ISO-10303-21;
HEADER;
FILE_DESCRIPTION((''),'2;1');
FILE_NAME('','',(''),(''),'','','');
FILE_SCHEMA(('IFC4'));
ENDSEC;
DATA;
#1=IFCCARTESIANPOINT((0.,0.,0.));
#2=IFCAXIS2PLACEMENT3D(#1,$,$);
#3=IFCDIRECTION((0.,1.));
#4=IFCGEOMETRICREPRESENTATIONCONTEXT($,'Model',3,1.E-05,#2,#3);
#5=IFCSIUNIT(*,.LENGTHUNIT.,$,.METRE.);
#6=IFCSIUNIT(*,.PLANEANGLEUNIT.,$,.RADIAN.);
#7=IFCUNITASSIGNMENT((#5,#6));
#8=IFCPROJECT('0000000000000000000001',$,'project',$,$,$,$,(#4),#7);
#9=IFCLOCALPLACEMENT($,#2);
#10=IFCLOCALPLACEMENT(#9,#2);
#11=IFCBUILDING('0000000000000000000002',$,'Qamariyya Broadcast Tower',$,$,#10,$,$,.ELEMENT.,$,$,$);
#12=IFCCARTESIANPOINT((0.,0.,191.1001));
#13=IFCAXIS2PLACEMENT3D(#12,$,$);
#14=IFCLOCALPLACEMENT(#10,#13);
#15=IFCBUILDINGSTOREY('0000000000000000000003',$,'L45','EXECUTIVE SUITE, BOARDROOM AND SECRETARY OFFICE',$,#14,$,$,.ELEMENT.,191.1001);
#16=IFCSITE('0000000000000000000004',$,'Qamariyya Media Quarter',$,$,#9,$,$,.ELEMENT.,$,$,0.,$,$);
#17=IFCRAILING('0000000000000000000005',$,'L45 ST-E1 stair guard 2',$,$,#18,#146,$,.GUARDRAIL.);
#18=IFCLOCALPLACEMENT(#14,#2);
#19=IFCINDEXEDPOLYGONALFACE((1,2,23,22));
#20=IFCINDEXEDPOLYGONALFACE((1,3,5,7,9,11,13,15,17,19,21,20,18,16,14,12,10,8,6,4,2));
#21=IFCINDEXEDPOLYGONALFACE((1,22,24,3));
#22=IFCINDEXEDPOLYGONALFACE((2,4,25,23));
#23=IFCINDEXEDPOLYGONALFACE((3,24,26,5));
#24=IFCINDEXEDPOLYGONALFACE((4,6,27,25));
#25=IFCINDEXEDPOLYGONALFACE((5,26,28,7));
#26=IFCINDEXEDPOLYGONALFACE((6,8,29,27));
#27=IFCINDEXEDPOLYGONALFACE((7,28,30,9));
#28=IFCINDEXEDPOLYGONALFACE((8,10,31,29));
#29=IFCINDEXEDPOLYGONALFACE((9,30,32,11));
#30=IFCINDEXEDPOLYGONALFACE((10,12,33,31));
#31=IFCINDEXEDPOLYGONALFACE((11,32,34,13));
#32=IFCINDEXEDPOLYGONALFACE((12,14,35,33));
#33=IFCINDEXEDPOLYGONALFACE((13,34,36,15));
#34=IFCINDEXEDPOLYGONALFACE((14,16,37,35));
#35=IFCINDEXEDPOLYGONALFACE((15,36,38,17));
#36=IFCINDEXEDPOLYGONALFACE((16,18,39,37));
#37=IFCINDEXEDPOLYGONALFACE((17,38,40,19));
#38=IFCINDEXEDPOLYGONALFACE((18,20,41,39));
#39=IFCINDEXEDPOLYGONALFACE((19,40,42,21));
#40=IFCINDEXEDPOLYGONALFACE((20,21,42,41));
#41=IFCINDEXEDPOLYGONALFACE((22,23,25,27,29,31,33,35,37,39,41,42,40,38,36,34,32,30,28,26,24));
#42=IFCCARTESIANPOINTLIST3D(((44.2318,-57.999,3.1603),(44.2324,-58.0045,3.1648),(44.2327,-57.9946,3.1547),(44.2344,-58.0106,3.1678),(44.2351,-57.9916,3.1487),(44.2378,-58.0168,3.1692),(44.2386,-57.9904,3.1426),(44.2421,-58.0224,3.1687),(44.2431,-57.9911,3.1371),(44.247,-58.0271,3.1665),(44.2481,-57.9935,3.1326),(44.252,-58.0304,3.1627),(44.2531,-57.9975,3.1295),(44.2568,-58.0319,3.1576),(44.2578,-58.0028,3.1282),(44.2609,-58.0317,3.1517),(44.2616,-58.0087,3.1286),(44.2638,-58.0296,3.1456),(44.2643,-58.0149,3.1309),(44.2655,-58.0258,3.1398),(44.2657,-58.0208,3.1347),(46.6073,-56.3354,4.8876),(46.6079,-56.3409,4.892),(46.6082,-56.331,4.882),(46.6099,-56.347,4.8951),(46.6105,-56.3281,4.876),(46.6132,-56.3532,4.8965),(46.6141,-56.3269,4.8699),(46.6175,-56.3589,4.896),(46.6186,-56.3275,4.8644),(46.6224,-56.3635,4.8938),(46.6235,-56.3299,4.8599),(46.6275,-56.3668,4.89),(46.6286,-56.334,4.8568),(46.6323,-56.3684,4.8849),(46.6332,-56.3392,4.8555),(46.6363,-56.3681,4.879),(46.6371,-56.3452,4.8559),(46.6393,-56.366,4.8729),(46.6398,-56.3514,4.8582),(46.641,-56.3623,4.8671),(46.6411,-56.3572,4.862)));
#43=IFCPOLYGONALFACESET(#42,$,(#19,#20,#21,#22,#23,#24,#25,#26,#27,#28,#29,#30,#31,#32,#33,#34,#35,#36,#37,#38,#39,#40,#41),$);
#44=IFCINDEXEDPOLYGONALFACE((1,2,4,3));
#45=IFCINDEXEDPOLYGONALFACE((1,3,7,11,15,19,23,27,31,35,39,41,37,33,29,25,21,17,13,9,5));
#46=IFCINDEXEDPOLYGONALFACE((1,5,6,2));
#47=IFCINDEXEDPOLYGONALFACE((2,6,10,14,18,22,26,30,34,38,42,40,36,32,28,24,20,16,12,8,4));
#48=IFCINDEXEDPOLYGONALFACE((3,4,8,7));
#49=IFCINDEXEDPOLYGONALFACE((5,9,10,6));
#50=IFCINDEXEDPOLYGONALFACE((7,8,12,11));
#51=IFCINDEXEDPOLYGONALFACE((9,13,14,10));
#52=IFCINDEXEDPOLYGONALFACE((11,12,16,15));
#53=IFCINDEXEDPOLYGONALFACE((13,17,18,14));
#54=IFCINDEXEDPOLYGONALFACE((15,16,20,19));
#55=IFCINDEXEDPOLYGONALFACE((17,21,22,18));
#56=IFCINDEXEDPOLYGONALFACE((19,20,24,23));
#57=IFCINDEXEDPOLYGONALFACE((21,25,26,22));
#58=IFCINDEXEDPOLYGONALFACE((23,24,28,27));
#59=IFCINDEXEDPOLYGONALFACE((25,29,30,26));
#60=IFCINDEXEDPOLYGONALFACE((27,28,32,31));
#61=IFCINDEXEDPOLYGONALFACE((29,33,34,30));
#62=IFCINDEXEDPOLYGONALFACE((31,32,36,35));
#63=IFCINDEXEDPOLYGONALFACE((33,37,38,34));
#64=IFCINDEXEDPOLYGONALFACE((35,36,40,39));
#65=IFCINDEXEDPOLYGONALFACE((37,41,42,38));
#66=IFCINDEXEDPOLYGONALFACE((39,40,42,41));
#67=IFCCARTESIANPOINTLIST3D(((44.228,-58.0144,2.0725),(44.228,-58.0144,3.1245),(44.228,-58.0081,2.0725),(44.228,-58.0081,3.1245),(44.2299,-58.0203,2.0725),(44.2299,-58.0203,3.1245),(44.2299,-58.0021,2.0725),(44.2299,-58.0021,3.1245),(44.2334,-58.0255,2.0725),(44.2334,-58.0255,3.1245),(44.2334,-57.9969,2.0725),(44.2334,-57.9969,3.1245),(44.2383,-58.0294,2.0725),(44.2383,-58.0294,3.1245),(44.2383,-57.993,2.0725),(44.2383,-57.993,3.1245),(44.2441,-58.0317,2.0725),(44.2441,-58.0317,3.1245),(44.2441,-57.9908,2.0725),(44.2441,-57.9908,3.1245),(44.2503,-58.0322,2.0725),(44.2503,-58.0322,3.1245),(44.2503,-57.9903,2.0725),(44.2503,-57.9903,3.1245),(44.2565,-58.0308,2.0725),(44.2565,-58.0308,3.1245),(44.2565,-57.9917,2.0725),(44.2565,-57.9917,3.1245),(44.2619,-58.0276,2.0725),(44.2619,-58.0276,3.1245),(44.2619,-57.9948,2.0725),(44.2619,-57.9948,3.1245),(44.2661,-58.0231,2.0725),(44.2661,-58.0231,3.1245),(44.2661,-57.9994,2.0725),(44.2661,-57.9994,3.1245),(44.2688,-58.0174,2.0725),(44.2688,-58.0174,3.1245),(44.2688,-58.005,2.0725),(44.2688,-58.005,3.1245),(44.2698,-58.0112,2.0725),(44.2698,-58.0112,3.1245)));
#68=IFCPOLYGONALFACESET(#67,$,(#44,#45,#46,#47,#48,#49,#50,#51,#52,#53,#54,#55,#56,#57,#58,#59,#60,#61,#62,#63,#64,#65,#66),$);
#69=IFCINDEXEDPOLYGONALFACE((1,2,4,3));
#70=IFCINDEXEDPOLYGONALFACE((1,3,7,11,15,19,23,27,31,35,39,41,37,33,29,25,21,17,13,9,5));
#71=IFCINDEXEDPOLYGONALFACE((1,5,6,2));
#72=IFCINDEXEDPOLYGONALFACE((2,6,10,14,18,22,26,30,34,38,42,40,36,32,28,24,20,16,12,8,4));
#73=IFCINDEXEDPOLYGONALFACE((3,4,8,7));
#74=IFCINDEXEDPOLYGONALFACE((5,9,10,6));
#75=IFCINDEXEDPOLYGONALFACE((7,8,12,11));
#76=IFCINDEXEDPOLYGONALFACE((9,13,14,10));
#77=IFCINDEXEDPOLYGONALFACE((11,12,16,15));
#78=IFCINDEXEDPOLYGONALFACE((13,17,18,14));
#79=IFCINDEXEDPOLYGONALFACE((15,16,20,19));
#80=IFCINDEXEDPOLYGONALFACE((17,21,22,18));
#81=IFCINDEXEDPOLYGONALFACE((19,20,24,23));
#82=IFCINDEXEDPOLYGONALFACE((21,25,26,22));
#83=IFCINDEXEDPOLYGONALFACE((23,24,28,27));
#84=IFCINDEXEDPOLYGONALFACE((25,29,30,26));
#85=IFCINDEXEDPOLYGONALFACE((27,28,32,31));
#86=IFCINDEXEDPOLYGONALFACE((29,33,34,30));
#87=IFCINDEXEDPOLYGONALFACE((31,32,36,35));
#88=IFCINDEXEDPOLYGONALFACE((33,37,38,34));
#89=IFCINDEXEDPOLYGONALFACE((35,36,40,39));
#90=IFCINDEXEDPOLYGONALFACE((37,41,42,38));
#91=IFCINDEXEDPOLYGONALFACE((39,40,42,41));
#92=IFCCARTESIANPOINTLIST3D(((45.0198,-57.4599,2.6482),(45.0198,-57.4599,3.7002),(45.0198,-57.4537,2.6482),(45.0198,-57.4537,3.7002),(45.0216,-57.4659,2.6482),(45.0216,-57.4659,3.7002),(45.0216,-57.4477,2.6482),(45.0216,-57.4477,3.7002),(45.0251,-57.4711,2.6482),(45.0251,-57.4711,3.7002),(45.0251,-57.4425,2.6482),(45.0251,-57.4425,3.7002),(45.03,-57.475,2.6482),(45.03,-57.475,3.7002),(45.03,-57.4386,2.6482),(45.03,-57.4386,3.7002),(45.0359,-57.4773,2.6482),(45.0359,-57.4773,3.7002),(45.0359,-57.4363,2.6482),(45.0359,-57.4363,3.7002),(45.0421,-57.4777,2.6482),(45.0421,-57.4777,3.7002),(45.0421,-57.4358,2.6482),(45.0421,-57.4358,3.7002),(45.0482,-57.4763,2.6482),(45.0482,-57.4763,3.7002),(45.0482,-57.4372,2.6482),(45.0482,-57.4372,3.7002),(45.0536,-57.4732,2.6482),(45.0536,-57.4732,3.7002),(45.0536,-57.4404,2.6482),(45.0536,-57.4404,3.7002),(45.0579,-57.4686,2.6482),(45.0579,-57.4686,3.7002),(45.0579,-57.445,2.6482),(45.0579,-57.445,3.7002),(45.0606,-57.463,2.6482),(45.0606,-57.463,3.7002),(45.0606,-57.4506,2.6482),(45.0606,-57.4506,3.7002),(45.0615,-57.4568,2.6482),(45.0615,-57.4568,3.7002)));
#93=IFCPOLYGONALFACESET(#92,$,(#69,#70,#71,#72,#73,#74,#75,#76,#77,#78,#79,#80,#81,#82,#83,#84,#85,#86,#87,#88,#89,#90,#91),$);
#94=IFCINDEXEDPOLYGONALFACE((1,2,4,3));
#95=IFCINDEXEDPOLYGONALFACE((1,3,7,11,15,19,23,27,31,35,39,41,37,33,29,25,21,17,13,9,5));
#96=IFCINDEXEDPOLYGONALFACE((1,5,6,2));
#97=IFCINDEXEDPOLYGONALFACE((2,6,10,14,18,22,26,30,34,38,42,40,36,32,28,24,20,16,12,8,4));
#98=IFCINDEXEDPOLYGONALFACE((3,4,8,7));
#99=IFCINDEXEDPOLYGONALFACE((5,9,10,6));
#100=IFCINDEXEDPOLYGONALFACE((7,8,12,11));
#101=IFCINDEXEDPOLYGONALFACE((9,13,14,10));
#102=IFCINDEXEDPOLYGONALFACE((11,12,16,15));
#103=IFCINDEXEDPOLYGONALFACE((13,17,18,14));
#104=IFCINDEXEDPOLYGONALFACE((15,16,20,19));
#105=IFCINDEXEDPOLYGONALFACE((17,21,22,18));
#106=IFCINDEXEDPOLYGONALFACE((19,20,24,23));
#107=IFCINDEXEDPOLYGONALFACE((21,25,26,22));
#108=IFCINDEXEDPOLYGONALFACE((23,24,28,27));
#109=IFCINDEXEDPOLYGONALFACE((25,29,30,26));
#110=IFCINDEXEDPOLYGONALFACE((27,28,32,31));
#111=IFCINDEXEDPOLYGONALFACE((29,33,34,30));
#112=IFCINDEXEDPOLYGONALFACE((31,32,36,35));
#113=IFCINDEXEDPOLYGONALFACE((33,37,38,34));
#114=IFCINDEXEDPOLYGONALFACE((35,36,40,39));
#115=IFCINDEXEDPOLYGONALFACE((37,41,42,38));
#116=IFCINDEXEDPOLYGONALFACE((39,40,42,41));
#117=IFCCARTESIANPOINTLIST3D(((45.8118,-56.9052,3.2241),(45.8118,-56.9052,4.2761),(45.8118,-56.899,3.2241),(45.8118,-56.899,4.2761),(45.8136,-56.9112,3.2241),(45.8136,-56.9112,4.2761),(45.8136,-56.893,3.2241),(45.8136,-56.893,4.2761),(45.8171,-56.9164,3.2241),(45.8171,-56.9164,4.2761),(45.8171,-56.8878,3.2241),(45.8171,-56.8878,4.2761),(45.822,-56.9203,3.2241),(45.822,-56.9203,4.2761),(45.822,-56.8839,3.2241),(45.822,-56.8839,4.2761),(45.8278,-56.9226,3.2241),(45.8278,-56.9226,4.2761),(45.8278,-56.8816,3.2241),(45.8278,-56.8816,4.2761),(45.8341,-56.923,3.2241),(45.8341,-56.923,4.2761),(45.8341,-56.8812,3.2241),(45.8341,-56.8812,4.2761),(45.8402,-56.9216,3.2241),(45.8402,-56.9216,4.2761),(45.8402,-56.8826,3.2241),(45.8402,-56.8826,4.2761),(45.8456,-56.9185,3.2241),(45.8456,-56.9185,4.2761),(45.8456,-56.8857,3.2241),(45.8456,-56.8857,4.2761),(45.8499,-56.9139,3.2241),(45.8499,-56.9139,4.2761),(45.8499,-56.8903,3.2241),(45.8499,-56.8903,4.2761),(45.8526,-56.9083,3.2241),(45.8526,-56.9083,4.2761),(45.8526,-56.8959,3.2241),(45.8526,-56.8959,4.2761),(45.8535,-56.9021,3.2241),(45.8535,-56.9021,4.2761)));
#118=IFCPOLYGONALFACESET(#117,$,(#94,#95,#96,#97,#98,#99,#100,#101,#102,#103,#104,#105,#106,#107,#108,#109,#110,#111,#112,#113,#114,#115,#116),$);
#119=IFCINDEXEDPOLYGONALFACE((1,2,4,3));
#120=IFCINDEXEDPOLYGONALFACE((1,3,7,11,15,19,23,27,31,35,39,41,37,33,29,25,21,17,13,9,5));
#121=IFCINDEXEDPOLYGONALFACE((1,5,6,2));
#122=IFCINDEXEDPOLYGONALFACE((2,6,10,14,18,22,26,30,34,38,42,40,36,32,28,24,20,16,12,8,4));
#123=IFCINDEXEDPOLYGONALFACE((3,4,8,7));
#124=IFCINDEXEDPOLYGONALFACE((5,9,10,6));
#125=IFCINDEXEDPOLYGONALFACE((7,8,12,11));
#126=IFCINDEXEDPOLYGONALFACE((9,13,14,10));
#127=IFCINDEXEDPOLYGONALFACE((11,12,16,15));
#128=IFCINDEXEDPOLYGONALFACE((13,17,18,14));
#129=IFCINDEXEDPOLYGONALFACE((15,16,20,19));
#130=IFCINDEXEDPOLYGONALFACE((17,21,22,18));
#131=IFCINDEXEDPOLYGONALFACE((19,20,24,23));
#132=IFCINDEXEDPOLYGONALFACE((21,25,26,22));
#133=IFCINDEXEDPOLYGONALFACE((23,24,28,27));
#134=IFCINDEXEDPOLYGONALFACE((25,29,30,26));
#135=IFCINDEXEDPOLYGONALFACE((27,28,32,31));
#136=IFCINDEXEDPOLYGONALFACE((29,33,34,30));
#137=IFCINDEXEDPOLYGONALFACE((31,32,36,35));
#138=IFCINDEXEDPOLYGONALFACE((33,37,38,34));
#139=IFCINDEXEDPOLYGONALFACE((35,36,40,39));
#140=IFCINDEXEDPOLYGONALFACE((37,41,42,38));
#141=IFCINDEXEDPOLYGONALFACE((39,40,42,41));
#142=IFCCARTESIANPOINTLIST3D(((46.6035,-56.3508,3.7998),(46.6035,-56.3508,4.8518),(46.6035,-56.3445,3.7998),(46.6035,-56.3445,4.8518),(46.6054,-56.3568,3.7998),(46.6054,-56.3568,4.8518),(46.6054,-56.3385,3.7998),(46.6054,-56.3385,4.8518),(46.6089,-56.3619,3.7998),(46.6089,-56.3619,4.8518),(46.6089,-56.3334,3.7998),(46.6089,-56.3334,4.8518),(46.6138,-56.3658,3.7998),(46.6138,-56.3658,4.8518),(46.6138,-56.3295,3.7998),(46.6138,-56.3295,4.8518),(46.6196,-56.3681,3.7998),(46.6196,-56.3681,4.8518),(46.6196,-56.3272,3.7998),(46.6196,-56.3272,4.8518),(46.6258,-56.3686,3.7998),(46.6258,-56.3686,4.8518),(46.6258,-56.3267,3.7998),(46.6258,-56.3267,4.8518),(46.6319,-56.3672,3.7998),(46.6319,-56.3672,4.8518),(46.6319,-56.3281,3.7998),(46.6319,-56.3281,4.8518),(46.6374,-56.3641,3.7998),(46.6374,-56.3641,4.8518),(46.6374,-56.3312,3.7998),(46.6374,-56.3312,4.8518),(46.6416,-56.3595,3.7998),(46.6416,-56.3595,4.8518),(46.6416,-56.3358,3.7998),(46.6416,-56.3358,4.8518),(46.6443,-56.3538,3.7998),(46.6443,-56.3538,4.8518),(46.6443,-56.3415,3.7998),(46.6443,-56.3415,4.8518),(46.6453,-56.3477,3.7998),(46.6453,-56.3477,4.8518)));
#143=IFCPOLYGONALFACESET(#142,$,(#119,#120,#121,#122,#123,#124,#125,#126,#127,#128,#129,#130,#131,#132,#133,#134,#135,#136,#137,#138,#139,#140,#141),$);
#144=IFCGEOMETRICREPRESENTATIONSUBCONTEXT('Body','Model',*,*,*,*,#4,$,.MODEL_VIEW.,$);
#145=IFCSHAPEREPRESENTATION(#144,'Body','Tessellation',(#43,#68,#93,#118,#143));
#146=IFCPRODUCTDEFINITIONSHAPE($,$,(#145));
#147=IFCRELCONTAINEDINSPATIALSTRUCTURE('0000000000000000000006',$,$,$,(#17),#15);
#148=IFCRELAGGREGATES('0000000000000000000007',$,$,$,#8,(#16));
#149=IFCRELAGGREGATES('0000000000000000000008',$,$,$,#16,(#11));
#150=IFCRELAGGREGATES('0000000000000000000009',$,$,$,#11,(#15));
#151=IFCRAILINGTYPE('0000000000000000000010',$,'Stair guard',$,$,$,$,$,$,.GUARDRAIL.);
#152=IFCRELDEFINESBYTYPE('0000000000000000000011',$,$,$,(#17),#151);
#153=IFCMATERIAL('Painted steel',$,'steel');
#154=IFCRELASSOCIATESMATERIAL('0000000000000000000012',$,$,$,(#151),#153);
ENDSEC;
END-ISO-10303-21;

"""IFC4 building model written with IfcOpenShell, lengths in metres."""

from ifc_helpers import new_model, si_unit, direction, frame, origin, origin_2d, place, context, subcontext, project, spatial, circle, extrude, material, type_object, element, save


model = new_model("IFC4")

# Units and contexts
model_context = context("Model", 3, precision=1e-05, world=origin(), true_north=direction((0.0, 1.0)))
body_context = subcontext(model_context, "Body", "Model", "MODEL_VIEW")
ifc_project = project(units=[si_unit("LENGTHUNIT", "METRE"), si_unit("PLANEANGLEUNIT", "RADIAN")], contexts=[model_context])

# Site, building, storey
site_placement = place(None, origin())
site = spatial("IfcSite", under=ifc_project, at=site_placement, Name="Qamariyya Media Quarter", CompositionType="ELEMENT", RefElevation=0.0)
building_placement = place(site_placement, origin())
building = spatial("IfcBuilding", under=site, at=building_placement, Name="Qamariyya Broadcast Tower", CompositionType="ELEMENT")
storey_placement = place(building_placement, frame((0.0, 0.0, 191.1001)))
storey = spatial("IfcBuildingStorey", under=building, at=storey_placement, Name="L45", Description="EXECUTIVE SUITE, BOARDROOM AND SECRETARY OFFICE", CompositionType="ELEMENT", Elevation=191.1001)

# Railing
ifc_material_1 = material(Name="Painted steel", Category="steel")
railing_type_1 = type_object("IfcRailingType", Name="Stair guard", PredefinedType="GUARDRAIL", material=ifc_material_1)
railing_1_placement = place(storey_placement, frame((44.2488, -58.0112, 2.0725)))
element("IfcRailing", 1, at=railing_1_placement, inside=storey, type_object=railing_type_1, Name="L45 ST-E1 stair guard 2", PredefinedType="GUARDRAIL", context=body_context, shape_type="SweptSolid", body=[
    extrude(circle(Radius=0.0239, at=origin_2d()), frame((0.0, 0.0, 1.0762), z_axis=(0.703745, 0.492838, 0.511716), x_axis=(-0.573632, 0.819113, 0.0)), (0.0, 0.0, 1.0), 3.3755),
    extrude(circle(Radius=0.021, at=origin_2d()), origin(), (0.0, 0.0, 1.0), 1.052),
    extrude(circle(Radius=0.021, at=origin_2d()), frame((0.7917, 0.5544, 0.5757)), (0.0, 0.0, 1.0), 1.052),
    extrude(circle(Radius=0.021, at=origin_2d()), frame((1.5837, 1.1091, 1.1516)), (0.0, 0.0, 1.0), 1.052),
    extrude(circle(Radius=0.021, at=origin_2d()), frame((2.3755, 1.6636, 1.7273)), (0.0, 0.0, 1.0), 1.052),
])

save(model, "model.ifc")
